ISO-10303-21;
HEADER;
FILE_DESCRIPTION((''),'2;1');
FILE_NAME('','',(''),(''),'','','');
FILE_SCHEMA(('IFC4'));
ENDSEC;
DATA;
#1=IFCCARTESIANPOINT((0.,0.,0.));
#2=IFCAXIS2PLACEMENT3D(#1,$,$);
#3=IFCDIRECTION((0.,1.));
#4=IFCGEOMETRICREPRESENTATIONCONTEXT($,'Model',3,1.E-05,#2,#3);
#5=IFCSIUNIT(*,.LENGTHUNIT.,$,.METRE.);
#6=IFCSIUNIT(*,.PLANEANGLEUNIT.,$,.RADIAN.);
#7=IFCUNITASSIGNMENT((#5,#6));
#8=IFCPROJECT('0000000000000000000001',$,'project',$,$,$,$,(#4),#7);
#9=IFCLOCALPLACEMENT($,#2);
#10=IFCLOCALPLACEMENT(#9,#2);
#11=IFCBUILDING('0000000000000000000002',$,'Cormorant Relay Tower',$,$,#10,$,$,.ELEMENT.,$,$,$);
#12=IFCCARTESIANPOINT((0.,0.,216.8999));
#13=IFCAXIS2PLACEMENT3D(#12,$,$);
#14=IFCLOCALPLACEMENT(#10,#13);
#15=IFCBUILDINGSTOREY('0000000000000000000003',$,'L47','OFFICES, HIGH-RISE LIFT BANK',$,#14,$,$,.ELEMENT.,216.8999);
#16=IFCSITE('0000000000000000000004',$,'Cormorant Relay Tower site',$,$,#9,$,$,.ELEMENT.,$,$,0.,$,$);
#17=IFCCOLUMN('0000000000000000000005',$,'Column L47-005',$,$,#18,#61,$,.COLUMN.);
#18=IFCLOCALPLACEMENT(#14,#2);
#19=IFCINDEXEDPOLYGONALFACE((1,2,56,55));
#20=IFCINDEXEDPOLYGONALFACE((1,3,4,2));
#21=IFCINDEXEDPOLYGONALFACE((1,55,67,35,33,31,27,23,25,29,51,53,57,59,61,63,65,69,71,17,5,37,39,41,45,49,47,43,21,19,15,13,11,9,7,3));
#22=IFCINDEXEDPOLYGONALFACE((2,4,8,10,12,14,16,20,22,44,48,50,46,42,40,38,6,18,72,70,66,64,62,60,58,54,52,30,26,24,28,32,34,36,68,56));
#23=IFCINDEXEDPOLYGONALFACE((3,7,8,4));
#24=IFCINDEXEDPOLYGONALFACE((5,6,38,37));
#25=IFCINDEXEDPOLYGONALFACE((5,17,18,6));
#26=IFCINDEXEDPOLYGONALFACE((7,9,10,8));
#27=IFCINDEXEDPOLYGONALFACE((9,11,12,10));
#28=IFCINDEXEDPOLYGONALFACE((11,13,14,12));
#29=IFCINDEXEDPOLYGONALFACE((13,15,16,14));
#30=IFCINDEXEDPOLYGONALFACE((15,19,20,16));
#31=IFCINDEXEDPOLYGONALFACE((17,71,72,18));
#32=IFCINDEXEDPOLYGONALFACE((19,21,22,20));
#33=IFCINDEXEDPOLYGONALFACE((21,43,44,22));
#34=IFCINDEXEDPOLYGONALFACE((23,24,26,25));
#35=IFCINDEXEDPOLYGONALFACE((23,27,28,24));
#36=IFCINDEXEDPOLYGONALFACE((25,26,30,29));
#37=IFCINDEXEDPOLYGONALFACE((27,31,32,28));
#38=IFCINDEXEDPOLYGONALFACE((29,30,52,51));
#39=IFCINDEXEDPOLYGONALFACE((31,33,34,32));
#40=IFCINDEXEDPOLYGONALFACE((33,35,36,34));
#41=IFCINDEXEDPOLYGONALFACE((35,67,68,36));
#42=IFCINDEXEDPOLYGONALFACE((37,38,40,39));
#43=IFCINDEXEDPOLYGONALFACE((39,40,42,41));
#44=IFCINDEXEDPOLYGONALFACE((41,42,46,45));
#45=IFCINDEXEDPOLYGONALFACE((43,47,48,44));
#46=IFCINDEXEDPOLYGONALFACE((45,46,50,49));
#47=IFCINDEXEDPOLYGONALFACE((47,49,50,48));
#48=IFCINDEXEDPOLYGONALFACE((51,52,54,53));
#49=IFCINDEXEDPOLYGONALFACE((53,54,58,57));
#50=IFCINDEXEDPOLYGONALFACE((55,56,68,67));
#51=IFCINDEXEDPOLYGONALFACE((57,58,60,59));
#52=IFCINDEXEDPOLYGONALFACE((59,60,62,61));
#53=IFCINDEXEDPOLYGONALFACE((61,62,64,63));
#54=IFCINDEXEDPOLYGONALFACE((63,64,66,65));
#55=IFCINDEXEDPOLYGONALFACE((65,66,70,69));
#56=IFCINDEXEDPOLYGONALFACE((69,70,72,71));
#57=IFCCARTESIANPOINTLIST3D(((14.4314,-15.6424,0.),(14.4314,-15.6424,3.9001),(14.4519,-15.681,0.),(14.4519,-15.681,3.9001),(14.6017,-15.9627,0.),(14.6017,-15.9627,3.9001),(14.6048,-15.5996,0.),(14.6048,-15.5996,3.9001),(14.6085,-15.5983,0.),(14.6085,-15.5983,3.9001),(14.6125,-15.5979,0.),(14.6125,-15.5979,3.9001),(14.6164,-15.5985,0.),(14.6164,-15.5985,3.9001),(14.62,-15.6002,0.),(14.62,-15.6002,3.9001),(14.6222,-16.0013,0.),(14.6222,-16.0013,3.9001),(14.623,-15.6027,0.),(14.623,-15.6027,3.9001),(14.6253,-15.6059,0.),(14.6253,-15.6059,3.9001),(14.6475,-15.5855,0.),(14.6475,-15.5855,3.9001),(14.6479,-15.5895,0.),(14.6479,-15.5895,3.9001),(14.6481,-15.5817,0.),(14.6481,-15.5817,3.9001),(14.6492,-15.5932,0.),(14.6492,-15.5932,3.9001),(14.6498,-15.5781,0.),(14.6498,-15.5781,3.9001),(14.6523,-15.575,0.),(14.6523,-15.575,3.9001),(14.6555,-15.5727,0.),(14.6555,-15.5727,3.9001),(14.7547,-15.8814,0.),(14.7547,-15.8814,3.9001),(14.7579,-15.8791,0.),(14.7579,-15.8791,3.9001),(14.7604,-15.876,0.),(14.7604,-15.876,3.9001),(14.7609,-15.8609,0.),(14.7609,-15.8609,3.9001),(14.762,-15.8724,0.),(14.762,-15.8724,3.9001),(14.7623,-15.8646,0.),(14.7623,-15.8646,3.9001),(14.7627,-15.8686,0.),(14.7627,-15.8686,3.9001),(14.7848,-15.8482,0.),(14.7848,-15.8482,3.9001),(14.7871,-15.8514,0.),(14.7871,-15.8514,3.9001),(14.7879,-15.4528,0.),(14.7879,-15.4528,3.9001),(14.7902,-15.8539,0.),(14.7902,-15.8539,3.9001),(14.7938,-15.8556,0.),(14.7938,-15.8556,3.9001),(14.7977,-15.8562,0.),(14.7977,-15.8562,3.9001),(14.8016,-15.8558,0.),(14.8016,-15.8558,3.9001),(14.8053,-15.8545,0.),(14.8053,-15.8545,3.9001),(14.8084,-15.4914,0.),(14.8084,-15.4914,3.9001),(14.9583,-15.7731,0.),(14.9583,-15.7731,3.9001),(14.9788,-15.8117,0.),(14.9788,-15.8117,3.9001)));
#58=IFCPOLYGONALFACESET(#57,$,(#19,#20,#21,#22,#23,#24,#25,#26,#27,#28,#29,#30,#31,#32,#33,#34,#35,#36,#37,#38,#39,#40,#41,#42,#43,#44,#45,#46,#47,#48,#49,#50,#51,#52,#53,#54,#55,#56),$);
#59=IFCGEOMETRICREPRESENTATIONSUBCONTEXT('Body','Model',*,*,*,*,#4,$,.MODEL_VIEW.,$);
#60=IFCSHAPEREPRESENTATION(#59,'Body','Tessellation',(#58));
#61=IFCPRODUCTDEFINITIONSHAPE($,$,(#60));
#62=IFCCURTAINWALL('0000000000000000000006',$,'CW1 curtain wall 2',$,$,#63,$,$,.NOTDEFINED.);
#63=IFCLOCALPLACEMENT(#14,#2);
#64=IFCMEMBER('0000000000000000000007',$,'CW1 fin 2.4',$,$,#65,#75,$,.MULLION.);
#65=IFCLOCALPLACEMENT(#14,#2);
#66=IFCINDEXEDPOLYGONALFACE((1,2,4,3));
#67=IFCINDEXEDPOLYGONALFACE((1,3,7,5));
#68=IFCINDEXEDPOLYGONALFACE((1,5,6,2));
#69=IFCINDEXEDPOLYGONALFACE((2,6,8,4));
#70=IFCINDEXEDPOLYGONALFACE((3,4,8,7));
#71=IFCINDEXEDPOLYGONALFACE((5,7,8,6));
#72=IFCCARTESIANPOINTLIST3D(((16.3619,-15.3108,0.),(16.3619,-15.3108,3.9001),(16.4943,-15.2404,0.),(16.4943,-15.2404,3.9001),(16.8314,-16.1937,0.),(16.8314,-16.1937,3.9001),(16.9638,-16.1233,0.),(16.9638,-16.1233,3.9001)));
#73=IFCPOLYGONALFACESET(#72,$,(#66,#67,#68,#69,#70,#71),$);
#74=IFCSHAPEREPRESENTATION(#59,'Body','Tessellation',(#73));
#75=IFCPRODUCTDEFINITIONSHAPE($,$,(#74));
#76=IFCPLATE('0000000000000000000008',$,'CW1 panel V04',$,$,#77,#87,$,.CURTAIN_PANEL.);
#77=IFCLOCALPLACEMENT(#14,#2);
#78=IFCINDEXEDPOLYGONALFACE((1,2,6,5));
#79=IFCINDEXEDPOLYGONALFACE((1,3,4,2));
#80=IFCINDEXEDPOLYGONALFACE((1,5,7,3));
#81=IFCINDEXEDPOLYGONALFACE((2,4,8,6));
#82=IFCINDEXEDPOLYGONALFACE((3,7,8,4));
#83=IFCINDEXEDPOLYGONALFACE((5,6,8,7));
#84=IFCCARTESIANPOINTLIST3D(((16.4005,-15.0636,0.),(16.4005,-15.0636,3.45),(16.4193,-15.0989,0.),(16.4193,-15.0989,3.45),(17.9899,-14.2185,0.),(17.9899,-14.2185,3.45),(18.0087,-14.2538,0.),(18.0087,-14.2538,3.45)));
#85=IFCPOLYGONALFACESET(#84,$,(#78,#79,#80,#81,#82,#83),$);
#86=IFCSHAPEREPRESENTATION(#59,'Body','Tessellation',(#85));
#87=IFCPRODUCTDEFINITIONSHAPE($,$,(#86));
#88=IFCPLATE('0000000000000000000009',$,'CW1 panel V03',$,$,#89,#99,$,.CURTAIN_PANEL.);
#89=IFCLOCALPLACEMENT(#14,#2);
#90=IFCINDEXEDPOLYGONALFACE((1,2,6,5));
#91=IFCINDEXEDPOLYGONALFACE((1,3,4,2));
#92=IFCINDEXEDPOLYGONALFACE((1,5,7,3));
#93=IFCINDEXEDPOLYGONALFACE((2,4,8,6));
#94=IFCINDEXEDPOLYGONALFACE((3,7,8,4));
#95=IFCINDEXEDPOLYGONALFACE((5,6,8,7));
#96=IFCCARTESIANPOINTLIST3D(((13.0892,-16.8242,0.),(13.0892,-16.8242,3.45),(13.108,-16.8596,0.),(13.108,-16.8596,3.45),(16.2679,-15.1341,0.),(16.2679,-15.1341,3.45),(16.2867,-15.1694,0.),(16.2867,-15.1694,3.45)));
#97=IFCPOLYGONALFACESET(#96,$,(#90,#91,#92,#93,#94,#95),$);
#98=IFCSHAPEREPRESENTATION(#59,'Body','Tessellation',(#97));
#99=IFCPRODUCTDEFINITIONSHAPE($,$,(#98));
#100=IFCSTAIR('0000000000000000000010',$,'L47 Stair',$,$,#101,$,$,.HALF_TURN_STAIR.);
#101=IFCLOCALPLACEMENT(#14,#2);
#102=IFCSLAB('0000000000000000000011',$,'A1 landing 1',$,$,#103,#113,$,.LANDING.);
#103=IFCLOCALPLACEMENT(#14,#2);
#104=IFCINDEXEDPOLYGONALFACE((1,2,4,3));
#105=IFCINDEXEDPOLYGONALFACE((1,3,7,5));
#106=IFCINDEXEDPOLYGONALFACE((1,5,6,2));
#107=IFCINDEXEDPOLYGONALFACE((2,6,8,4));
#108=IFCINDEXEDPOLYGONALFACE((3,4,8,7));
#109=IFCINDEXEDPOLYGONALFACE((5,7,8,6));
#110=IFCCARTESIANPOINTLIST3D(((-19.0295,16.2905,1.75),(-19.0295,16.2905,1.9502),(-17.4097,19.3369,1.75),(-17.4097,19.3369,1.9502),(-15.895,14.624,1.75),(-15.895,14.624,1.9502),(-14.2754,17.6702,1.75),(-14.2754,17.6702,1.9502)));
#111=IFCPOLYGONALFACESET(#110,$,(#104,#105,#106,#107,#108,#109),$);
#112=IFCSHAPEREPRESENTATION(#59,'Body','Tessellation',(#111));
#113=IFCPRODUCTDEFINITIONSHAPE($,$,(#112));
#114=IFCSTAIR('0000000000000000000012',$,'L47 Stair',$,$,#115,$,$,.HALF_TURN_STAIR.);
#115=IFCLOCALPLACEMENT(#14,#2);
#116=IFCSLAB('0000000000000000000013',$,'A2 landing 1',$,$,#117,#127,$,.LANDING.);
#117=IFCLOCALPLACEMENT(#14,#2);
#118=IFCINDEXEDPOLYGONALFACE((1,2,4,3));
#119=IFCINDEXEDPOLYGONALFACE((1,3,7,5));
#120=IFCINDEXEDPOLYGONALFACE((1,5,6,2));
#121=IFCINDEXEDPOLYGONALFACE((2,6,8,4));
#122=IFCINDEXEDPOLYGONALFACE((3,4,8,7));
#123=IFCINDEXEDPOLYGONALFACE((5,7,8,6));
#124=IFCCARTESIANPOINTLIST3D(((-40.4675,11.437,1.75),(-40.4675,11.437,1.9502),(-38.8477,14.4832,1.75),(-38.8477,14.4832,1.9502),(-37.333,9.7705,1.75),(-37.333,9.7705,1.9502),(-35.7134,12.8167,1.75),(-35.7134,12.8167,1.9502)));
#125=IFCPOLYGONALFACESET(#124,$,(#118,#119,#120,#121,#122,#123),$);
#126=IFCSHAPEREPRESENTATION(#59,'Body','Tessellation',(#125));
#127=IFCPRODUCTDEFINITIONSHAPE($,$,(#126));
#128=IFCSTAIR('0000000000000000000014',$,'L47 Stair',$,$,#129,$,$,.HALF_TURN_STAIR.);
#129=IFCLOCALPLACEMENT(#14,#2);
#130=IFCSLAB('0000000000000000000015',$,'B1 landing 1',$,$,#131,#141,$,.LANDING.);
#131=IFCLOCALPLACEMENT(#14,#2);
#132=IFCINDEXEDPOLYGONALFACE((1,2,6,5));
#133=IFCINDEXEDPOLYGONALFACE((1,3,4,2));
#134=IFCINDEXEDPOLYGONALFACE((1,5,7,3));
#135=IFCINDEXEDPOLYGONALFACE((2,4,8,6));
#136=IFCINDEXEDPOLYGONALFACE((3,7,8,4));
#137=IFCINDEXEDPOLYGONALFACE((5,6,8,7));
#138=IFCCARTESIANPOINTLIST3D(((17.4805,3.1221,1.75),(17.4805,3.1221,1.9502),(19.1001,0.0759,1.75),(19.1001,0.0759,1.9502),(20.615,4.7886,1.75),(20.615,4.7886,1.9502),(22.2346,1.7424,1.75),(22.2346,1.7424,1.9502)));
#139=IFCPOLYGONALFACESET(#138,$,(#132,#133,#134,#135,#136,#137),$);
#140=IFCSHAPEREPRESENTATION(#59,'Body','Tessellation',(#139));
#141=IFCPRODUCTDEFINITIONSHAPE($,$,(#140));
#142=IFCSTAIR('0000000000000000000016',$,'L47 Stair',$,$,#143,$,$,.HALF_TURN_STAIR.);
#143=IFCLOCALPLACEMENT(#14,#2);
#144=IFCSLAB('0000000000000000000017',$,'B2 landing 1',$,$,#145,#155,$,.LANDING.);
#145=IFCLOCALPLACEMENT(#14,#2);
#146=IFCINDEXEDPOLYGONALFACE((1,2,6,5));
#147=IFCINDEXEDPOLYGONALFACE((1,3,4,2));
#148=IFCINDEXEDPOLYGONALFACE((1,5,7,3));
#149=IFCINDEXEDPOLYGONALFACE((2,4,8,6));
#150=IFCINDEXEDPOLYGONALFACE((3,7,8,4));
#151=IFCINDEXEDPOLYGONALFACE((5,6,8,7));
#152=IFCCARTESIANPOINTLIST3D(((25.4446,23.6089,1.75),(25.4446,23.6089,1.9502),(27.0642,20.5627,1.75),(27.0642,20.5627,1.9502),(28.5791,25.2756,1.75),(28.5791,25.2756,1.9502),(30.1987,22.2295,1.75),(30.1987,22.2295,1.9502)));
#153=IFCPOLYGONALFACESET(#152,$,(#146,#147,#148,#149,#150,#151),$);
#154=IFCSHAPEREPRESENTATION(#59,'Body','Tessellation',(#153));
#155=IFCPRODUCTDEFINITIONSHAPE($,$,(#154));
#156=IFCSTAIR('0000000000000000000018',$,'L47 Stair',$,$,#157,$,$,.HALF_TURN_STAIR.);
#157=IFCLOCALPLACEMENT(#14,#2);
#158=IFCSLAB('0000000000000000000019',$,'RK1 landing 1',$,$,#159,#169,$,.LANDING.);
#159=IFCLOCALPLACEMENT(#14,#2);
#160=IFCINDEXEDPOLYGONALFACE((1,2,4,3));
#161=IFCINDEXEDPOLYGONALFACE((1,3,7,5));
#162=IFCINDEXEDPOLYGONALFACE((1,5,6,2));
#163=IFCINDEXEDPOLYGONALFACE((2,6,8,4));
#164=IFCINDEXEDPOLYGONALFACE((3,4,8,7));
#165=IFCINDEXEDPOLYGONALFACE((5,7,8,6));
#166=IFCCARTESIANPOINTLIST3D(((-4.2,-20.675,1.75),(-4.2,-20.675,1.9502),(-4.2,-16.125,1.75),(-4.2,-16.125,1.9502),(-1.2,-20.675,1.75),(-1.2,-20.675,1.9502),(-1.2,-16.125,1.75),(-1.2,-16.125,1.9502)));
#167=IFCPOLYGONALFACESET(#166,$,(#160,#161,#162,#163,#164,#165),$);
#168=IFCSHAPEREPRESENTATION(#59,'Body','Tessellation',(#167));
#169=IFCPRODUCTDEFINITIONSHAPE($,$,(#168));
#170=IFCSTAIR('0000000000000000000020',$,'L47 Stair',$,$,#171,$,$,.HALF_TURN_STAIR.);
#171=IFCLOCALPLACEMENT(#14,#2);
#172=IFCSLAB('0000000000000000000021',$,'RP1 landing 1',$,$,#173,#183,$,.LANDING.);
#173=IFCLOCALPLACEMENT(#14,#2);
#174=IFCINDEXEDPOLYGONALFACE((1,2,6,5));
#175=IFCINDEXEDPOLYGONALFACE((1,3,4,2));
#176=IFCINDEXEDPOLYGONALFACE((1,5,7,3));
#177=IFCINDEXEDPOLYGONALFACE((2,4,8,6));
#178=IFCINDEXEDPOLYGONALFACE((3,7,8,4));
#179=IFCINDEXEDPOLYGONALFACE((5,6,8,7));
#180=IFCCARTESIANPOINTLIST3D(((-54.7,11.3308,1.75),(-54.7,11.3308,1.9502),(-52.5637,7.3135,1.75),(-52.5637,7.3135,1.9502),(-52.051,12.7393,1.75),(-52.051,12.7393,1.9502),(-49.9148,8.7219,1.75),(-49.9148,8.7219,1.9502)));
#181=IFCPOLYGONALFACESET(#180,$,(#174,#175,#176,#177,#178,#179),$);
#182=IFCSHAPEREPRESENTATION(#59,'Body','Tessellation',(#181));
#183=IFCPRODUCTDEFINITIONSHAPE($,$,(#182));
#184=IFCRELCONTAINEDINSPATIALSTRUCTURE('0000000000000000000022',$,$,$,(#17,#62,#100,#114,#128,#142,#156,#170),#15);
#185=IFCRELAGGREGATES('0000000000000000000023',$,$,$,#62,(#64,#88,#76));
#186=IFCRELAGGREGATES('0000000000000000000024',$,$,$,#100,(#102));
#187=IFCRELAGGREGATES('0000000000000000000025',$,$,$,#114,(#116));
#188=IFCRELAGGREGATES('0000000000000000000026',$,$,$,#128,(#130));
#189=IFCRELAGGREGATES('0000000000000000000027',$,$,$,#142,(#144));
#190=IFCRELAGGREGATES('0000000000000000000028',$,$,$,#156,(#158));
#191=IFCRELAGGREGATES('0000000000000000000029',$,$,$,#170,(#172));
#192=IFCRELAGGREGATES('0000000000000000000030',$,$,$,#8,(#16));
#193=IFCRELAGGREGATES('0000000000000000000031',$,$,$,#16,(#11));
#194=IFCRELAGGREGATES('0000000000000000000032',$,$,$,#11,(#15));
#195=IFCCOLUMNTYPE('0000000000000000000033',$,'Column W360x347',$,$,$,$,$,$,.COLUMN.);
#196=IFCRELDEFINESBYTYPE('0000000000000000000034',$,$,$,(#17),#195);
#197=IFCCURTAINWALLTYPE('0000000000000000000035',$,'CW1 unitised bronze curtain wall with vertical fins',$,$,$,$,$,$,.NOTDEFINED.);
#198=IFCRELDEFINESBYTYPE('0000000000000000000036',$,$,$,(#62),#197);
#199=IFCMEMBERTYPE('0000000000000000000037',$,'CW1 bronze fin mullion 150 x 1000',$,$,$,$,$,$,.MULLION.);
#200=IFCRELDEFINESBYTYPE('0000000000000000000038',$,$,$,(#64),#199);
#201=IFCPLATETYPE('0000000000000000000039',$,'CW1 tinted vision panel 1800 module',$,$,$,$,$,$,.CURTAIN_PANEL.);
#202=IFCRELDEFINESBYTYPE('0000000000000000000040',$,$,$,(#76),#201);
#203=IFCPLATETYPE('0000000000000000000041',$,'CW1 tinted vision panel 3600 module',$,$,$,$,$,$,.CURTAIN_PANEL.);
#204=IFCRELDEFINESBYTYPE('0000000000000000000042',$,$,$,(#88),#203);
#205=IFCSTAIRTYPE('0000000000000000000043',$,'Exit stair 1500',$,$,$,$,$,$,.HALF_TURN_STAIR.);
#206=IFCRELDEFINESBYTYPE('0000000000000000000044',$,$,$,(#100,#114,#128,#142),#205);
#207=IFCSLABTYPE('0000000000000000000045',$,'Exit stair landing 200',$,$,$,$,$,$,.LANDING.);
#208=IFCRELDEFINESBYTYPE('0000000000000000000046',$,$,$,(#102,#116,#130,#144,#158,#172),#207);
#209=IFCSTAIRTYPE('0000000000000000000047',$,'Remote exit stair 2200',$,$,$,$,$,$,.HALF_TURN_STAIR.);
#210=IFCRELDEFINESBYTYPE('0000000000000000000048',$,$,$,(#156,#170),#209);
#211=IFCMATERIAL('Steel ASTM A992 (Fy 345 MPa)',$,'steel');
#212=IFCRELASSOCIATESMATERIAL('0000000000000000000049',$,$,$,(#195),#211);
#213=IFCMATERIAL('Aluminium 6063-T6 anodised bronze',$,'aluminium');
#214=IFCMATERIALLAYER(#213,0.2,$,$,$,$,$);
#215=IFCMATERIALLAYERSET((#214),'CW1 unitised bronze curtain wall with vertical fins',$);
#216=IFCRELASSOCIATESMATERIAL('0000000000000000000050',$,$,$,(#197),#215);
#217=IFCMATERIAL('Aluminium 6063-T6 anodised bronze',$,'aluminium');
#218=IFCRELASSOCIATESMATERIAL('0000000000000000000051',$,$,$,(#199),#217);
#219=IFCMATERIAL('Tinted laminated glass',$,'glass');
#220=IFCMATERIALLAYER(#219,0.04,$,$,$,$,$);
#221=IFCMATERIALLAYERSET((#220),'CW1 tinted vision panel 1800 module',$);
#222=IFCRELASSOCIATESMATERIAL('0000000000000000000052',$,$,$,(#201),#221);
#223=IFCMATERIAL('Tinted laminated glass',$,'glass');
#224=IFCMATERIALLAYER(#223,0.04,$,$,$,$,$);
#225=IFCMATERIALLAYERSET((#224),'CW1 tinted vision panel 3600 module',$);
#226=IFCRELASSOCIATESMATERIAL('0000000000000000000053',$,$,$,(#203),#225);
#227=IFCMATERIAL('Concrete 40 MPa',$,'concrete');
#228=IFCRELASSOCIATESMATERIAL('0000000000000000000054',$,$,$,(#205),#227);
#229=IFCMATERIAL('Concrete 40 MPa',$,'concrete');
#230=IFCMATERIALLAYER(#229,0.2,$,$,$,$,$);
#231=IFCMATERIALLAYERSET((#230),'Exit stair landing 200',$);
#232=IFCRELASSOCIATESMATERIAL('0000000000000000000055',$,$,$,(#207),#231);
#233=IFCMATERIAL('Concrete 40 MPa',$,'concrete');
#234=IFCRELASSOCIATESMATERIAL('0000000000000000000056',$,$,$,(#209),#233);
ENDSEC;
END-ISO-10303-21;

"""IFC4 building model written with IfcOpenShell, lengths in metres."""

from ifc_helpers import new_model, si_unit, direction, frame, origin, origin_2d, place, context, subcontext, project, spatial, polyline, rectangle, i_section, outline, extrude, material, layer, layer_set, material_profile, profile_set, type_object, element, aggregate, save


model = new_model("IFC4")

# Units and contexts
model_context = context("Model", 3, precision=1e-05, world=origin(), true_north=direction((0.0, 1.0)))
body_context = subcontext(model_context, "Body", "Model", "MODEL_VIEW")
ifc_project = project(units=[si_unit("LENGTHUNIT", "METRE"), si_unit("PLANEANGLEUNIT", "RADIAN")], contexts=[model_context])

# Site, building, storey
site_placement = place(None, origin())
site = spatial("IfcSite", under=ifc_project, at=site_placement, Name="Cormorant Relay Tower site", CompositionType="ELEMENT", RefElevation=0.0)
building_placement = place(site_placement, origin())
building = spatial("IfcBuilding", under=site, at=building_placement, Name="Cormorant Relay Tower", CompositionType="ELEMENT")
storey_placement = place(building_placement, frame((0.0, 0.0, 216.8999)))
storey = spatial("IfcBuildingStorey", under=building, at=storey_placement, Name="L47", Description="OFFICES, HIGH-RISE LIFT BANK", CompositionType="ELEMENT", Elevation=216.8999)

# Column
ifc_material_1 = material(Name="Steel ASTM A992 (Fy 345 MPa)", Category="steel")
ifc_material_profile_1 = material_profile(ifc_material_1, i_section(OverallWidth=0.4038, OverallDepth=0.4065, WebThickness=0.0271, FlangeThickness=0.0437, FilletRadius=0.0151, at=origin_2d()), Name="W360x347")
ifc_profile_set_1 = profile_set([ifc_material_profile_1], Name="Steel ASTM A992 (Fy 345 MPa)")
column_type_1 = type_object("IfcColumnType", Name="Column W360x347", PredefinedType="COLUMN", material=ifc_profile_set_1)
column_placement = place(storey_placement, frame((14.7051, -15.7271, 0.0), z_axis=(0.0, 0.0, 1.0), x_axis=(0.882948, 0.469472, 0.0)))
element("IfcColumn", 1, at=column_placement, inside=storey, type_object=column_type_1, Name="Column L47-005", PredefinedType="COLUMN", context=body_context, shape_type="SweptSolid", body=[
    extrude(i_section(OverallWidth=0.4038, OverallDepth=0.4065, WebThickness=0.0271, FlangeThickness=0.0437, FilletRadius=0.0151, at=origin_2d()), origin(), (0.0, 0.0, 1.0), 3.9001),
])

# Curtain wall, member, plates
ifc_material_2 = material(Name="Aluminium 6063-T6 anodised bronze", Category="aluminium")
ifc_layer_1 = layer(ifc_material_2, 0.2)
ifc_layer_set_1 = layer_set([ifc_layer_1], Name="CW1 unitised bronze curtain wall with vertical fins")
curtain_wall_type = type_object("IfcCurtainWallType", Name="CW1 unitised bronze curtain wall with vertical fins", PredefinedType="NOTDEFINED", material=ifc_layer_set_1)
curtain_wall_placement = place(storey_placement, origin())
curtain_wall = element("IfcCurtainWall", 2, at=curtain_wall_placement, inside=storey, type_object=curtain_wall_type, Name="CW1 curtain wall 2", PredefinedType="NOTDEFINED")
ifc_material_3 = material(Name="Aluminium 6063-T6 anodised bronze", Category="aluminium")
ifc_material_profile_2 = material_profile(ifc_material_3, rectangle(XDim=0.1499, YDim=1.0, at=origin_2d()), Name="AL 150x1000")
ifc_profile_set_2 = profile_set([ifc_material_profile_2], Name="Aluminium 6063-T6 anodised bronze")
member_type = type_object("IfcMemberType", Name="CW1 bronze fin mullion 150 x 1000", PredefinedType="MULLION", material=ifc_profile_set_2)
member_placement = place(storey_placement, frame((16.6628, -15.717, 0.0), z_axis=(0.0, 0.0, 1.0), x_axis=(0.882948, 0.469472, 0.0)))
member = element("IfcMember", 3, at=member_placement, type_object=member_type, Name="CW1 fin 2.4", PredefinedType="MULLION", context=body_context, shape_type="SweptSolid", body=[
    extrude(rectangle(XDim=0.1499, YDim=1.0, at=origin_2d()), origin(), (0.0, 0.0, 1.0), 3.9001),
])
ifc_material_4 = material(Name="Tinted laminated glass", Category="glass")
ifc_layer_2 = layer(ifc_material_4, 0.04)
ifc_layer_set_2 = layer_set([ifc_layer_2], Name="CW1 tinted vision panel 1800 module")
plate_type_1 = type_object("IfcPlateType", Name="CW1 tinted vision panel 1800 module", PredefinedType="CURTAIN_PANEL", material=ifc_layer_set_2)
plate_1_placement = place(storey_placement, frame((17.2046, -14.6587, 0.0), z_axis=(0.0, 0.0, 1.0), x_axis=(0.882948, 0.469472, 0.0)))
plate_1 = element("IfcPlate", 4, at=plate_1_placement, type_object=plate_type_1, Name="CW1 panel V04", PredefinedType="CURTAIN_PANEL", context=body_context, shape_type="SweptSolid", body=[
    extrude(rectangle(XDim=1.8, YDim=0.04, at=origin_2d()), origin(), (0.0, 0.0, 1.0), 3.45),
])
ifc_material_5 = material(Name="Tinted laminated glass", Category="glass")
ifc_layer_3 = layer(ifc_material_5, 0.04)
ifc_layer_set_3 = layer_set([ifc_layer_3], Name="CW1 tinted vision panel 3600 module")
plate_type_2 = type_object("IfcPlateType", Name="CW1 tinted vision panel 3600 module", PredefinedType="CURTAIN_PANEL", material=ifc_layer_set_3)
plate_2_placement = place(storey_placement, frame((14.688, -15.9968, 0.0), z_axis=(0.0, 0.0, 1.0), x_axis=(0.882948, 0.469472, 0.0)))
plate_2 = element("IfcPlate", 5, at=plate_2_placement, type_object=plate_type_2, Name="CW1 panel V03", PredefinedType="CURTAIN_PANEL", context=body_context, shape_type="SweptSolid", body=[
    extrude(rectangle(XDim=3.6001, YDim=0.04, at=origin_2d()), origin(), (0.0, 0.0, 1.0), 3.45),
])
aggregate(curtain_wall, [member, plate_2, plate_1])

# Stairs, slabs
ifc_material_6 = material(Name="Concrete 40 MPa", Category="concrete")
stair_type_1 = type_object("IfcStairType", Name="Exit stair 1500", PredefinedType="HALF_TURN_STAIR", material=ifc_material_6)
stair_1_placement = place(storey_placement, origin())
stair_1 = element("IfcStair", 6, at=stair_1_placement, inside=storey, type_object=stair_type_1, Name="L47 Stair", PredefinedType="HALF_TURN_STAIR")
ifc_material_7 = material(Name="Concrete 40 MPa", Category="concrete")
ifc_layer_4 = layer(ifc_material_7, 0.2)
ifc_layer_set_4 = layer_set([ifc_layer_4], Name="Exit stair landing 200")
slab_type_1 = type_object("IfcSlabType", Name="Exit stair landing 200", PredefinedType="LANDING", material=ifc_layer_set_4)
slab_1_placement = place(storey_placement, frame((0.0, 0.0, 1.75)))
slab_1 = element("IfcSlab", 7, at=slab_1_placement, type_object=slab_type_1, Name="A1 landing 1", PredefinedType="LANDING", context=body_context, shape_type="SweptSolid", body=[
    extrude(outline(polyline([(-19.0295, 16.2905), (-15.895, 14.624), (-14.2754, 17.6702), (-17.4097, 19.3369), (-19.0295, 16.2905)])), origin(), (0.0, 0.0, 1.0), 0.2002),
])
aggregate(stair_1, [slab_1])
stair_2_placement = place(storey_placement, origin())
stair_2 = element("IfcStair", 8, at=stair_2_placement, inside=storey, type_object=stair_type_1, Name="L47 Stair", PredefinedType="HALF_TURN_STAIR")
slab_2_placement = place(storey_placement, frame((0.0, 0.0, 1.75)))
slab_2 = element("IfcSlab", 9, at=slab_2_placement, type_object=slab_type_1, Name="A2 landing 1", PredefinedType="LANDING", context=body_context, shape_type="SweptSolid", body=[
    extrude(outline(polyline([(-35.7134, 12.8167), (-38.8477, 14.4832), (-40.4675, 11.437), (-37.333, 9.7705), (-35.7134, 12.8167)])), origin(), (0.0, 0.0, 1.0), 0.2002),
])
aggregate(stair_2, [slab_2])
stair_3_placement = place(storey_placement, origin())
stair_3 = element("IfcStair", 10, at=stair_3_placement, inside=storey, type_object=stair_type_1, Name="L47 Stair", PredefinedType="HALF_TURN_STAIR")
slab_3_placement = place(storey_placement, frame((0.0, 0.0, 1.75)))
slab_3 = element("IfcSlab", 11, at=slab_3_placement, type_object=slab_type_1, Name="B1 landing 1", PredefinedType="LANDING", context=body_context, shape_type="SweptSolid", body=[
    extrude(outline(polyline([(20.615, 4.7886), (17.4805, 3.1221), (19.1001, 0.0759), (22.2346, 1.7424), (20.615, 4.7886)])), origin(), (0.0, 0.0, 1.0), 0.2002),
])
aggregate(stair_3, [slab_3])
stair_4_placement = place(storey_placement, origin())
stair_4 = element("IfcStair", 12, at=stair_4_placement, inside=storey, type_object=stair_type_1, Name="L47 Stair", PredefinedType="HALF_TURN_STAIR")
slab_4_placement = place(storey_placement, frame((0.0, 0.0, 1.75)))
slab_4 = element("IfcSlab", 13, at=slab_4_placement, type_object=slab_type_1, Name="B2 landing 1", PredefinedType="LANDING", context=body_context, shape_type="SweptSolid", body=[
    extrude(outline(polyline([(27.0642, 20.5627), (30.1987, 22.2295), (28.5791, 25.2756), (25.4446, 23.6089), (27.0642, 20.5627)])), origin(), (0.0, 0.0, 1.0), 0.2002),
])
aggregate(stair_4, [slab_4])
ifc_material_8 = material(Name="Concrete 40 MPa", Category="concrete")
stair_type_2 = type_object("IfcStairType", Name="Remote exit stair 2200", PredefinedType="HALF_TURN_STAIR", material=ifc_material_8)
stair_5_placement = place(storey_placement, origin())
stair_5 = element("IfcStair", 14, at=stair_5_placement, inside=storey, type_object=stair_type_2, Name="L47 Stair", PredefinedType="HALF_TURN_STAIR")
slab_5_placement = place(storey_placement, frame((0.0, 0.0, 1.75)))
slab_5 = element("IfcSlab", 15, at=slab_5_placement, type_object=slab_type_1, Name="RK1 landing 1", PredefinedType="LANDING", context=body_context, shape_type="SweptSolid", body=[
    extrude(outline(polyline([(-1.2, -16.125), (-4.2, -16.125), (-4.2, -20.675), (-1.2, -20.675), (-1.2, -16.125)])), origin(), (0.0, 0.0, 1.0), 0.2002),
])
aggregate(stair_5, [slab_5])
stair_6_placement = place(storey_placement, origin())
stair_6 = element("IfcStair", 16, at=stair_6_placement, inside=storey, type_object=stair_type_2, Name="L47 Stair", PredefinedType="HALF_TURN_STAIR")
slab_6_placement = place(storey_placement, frame((0.0, 0.0, 1.75)))
slab_6 = element("IfcSlab", 17, at=slab_6_placement, type_object=slab_type_1, Name="RP1 landing 1", PredefinedType="LANDING", context=body_context, shape_type="SweptSolid", body=[
    extrude(outline(polyline([(-52.051, 12.7393), (-54.7, 11.3308), (-52.5637, 7.3135), (-49.9148, 8.7219), (-52.051, 12.7393)])), origin(), (0.0, 0.0, 1.0), 0.2002),
])
aggregate(stair_6, [slab_6])

save(model, "model.ifc")
